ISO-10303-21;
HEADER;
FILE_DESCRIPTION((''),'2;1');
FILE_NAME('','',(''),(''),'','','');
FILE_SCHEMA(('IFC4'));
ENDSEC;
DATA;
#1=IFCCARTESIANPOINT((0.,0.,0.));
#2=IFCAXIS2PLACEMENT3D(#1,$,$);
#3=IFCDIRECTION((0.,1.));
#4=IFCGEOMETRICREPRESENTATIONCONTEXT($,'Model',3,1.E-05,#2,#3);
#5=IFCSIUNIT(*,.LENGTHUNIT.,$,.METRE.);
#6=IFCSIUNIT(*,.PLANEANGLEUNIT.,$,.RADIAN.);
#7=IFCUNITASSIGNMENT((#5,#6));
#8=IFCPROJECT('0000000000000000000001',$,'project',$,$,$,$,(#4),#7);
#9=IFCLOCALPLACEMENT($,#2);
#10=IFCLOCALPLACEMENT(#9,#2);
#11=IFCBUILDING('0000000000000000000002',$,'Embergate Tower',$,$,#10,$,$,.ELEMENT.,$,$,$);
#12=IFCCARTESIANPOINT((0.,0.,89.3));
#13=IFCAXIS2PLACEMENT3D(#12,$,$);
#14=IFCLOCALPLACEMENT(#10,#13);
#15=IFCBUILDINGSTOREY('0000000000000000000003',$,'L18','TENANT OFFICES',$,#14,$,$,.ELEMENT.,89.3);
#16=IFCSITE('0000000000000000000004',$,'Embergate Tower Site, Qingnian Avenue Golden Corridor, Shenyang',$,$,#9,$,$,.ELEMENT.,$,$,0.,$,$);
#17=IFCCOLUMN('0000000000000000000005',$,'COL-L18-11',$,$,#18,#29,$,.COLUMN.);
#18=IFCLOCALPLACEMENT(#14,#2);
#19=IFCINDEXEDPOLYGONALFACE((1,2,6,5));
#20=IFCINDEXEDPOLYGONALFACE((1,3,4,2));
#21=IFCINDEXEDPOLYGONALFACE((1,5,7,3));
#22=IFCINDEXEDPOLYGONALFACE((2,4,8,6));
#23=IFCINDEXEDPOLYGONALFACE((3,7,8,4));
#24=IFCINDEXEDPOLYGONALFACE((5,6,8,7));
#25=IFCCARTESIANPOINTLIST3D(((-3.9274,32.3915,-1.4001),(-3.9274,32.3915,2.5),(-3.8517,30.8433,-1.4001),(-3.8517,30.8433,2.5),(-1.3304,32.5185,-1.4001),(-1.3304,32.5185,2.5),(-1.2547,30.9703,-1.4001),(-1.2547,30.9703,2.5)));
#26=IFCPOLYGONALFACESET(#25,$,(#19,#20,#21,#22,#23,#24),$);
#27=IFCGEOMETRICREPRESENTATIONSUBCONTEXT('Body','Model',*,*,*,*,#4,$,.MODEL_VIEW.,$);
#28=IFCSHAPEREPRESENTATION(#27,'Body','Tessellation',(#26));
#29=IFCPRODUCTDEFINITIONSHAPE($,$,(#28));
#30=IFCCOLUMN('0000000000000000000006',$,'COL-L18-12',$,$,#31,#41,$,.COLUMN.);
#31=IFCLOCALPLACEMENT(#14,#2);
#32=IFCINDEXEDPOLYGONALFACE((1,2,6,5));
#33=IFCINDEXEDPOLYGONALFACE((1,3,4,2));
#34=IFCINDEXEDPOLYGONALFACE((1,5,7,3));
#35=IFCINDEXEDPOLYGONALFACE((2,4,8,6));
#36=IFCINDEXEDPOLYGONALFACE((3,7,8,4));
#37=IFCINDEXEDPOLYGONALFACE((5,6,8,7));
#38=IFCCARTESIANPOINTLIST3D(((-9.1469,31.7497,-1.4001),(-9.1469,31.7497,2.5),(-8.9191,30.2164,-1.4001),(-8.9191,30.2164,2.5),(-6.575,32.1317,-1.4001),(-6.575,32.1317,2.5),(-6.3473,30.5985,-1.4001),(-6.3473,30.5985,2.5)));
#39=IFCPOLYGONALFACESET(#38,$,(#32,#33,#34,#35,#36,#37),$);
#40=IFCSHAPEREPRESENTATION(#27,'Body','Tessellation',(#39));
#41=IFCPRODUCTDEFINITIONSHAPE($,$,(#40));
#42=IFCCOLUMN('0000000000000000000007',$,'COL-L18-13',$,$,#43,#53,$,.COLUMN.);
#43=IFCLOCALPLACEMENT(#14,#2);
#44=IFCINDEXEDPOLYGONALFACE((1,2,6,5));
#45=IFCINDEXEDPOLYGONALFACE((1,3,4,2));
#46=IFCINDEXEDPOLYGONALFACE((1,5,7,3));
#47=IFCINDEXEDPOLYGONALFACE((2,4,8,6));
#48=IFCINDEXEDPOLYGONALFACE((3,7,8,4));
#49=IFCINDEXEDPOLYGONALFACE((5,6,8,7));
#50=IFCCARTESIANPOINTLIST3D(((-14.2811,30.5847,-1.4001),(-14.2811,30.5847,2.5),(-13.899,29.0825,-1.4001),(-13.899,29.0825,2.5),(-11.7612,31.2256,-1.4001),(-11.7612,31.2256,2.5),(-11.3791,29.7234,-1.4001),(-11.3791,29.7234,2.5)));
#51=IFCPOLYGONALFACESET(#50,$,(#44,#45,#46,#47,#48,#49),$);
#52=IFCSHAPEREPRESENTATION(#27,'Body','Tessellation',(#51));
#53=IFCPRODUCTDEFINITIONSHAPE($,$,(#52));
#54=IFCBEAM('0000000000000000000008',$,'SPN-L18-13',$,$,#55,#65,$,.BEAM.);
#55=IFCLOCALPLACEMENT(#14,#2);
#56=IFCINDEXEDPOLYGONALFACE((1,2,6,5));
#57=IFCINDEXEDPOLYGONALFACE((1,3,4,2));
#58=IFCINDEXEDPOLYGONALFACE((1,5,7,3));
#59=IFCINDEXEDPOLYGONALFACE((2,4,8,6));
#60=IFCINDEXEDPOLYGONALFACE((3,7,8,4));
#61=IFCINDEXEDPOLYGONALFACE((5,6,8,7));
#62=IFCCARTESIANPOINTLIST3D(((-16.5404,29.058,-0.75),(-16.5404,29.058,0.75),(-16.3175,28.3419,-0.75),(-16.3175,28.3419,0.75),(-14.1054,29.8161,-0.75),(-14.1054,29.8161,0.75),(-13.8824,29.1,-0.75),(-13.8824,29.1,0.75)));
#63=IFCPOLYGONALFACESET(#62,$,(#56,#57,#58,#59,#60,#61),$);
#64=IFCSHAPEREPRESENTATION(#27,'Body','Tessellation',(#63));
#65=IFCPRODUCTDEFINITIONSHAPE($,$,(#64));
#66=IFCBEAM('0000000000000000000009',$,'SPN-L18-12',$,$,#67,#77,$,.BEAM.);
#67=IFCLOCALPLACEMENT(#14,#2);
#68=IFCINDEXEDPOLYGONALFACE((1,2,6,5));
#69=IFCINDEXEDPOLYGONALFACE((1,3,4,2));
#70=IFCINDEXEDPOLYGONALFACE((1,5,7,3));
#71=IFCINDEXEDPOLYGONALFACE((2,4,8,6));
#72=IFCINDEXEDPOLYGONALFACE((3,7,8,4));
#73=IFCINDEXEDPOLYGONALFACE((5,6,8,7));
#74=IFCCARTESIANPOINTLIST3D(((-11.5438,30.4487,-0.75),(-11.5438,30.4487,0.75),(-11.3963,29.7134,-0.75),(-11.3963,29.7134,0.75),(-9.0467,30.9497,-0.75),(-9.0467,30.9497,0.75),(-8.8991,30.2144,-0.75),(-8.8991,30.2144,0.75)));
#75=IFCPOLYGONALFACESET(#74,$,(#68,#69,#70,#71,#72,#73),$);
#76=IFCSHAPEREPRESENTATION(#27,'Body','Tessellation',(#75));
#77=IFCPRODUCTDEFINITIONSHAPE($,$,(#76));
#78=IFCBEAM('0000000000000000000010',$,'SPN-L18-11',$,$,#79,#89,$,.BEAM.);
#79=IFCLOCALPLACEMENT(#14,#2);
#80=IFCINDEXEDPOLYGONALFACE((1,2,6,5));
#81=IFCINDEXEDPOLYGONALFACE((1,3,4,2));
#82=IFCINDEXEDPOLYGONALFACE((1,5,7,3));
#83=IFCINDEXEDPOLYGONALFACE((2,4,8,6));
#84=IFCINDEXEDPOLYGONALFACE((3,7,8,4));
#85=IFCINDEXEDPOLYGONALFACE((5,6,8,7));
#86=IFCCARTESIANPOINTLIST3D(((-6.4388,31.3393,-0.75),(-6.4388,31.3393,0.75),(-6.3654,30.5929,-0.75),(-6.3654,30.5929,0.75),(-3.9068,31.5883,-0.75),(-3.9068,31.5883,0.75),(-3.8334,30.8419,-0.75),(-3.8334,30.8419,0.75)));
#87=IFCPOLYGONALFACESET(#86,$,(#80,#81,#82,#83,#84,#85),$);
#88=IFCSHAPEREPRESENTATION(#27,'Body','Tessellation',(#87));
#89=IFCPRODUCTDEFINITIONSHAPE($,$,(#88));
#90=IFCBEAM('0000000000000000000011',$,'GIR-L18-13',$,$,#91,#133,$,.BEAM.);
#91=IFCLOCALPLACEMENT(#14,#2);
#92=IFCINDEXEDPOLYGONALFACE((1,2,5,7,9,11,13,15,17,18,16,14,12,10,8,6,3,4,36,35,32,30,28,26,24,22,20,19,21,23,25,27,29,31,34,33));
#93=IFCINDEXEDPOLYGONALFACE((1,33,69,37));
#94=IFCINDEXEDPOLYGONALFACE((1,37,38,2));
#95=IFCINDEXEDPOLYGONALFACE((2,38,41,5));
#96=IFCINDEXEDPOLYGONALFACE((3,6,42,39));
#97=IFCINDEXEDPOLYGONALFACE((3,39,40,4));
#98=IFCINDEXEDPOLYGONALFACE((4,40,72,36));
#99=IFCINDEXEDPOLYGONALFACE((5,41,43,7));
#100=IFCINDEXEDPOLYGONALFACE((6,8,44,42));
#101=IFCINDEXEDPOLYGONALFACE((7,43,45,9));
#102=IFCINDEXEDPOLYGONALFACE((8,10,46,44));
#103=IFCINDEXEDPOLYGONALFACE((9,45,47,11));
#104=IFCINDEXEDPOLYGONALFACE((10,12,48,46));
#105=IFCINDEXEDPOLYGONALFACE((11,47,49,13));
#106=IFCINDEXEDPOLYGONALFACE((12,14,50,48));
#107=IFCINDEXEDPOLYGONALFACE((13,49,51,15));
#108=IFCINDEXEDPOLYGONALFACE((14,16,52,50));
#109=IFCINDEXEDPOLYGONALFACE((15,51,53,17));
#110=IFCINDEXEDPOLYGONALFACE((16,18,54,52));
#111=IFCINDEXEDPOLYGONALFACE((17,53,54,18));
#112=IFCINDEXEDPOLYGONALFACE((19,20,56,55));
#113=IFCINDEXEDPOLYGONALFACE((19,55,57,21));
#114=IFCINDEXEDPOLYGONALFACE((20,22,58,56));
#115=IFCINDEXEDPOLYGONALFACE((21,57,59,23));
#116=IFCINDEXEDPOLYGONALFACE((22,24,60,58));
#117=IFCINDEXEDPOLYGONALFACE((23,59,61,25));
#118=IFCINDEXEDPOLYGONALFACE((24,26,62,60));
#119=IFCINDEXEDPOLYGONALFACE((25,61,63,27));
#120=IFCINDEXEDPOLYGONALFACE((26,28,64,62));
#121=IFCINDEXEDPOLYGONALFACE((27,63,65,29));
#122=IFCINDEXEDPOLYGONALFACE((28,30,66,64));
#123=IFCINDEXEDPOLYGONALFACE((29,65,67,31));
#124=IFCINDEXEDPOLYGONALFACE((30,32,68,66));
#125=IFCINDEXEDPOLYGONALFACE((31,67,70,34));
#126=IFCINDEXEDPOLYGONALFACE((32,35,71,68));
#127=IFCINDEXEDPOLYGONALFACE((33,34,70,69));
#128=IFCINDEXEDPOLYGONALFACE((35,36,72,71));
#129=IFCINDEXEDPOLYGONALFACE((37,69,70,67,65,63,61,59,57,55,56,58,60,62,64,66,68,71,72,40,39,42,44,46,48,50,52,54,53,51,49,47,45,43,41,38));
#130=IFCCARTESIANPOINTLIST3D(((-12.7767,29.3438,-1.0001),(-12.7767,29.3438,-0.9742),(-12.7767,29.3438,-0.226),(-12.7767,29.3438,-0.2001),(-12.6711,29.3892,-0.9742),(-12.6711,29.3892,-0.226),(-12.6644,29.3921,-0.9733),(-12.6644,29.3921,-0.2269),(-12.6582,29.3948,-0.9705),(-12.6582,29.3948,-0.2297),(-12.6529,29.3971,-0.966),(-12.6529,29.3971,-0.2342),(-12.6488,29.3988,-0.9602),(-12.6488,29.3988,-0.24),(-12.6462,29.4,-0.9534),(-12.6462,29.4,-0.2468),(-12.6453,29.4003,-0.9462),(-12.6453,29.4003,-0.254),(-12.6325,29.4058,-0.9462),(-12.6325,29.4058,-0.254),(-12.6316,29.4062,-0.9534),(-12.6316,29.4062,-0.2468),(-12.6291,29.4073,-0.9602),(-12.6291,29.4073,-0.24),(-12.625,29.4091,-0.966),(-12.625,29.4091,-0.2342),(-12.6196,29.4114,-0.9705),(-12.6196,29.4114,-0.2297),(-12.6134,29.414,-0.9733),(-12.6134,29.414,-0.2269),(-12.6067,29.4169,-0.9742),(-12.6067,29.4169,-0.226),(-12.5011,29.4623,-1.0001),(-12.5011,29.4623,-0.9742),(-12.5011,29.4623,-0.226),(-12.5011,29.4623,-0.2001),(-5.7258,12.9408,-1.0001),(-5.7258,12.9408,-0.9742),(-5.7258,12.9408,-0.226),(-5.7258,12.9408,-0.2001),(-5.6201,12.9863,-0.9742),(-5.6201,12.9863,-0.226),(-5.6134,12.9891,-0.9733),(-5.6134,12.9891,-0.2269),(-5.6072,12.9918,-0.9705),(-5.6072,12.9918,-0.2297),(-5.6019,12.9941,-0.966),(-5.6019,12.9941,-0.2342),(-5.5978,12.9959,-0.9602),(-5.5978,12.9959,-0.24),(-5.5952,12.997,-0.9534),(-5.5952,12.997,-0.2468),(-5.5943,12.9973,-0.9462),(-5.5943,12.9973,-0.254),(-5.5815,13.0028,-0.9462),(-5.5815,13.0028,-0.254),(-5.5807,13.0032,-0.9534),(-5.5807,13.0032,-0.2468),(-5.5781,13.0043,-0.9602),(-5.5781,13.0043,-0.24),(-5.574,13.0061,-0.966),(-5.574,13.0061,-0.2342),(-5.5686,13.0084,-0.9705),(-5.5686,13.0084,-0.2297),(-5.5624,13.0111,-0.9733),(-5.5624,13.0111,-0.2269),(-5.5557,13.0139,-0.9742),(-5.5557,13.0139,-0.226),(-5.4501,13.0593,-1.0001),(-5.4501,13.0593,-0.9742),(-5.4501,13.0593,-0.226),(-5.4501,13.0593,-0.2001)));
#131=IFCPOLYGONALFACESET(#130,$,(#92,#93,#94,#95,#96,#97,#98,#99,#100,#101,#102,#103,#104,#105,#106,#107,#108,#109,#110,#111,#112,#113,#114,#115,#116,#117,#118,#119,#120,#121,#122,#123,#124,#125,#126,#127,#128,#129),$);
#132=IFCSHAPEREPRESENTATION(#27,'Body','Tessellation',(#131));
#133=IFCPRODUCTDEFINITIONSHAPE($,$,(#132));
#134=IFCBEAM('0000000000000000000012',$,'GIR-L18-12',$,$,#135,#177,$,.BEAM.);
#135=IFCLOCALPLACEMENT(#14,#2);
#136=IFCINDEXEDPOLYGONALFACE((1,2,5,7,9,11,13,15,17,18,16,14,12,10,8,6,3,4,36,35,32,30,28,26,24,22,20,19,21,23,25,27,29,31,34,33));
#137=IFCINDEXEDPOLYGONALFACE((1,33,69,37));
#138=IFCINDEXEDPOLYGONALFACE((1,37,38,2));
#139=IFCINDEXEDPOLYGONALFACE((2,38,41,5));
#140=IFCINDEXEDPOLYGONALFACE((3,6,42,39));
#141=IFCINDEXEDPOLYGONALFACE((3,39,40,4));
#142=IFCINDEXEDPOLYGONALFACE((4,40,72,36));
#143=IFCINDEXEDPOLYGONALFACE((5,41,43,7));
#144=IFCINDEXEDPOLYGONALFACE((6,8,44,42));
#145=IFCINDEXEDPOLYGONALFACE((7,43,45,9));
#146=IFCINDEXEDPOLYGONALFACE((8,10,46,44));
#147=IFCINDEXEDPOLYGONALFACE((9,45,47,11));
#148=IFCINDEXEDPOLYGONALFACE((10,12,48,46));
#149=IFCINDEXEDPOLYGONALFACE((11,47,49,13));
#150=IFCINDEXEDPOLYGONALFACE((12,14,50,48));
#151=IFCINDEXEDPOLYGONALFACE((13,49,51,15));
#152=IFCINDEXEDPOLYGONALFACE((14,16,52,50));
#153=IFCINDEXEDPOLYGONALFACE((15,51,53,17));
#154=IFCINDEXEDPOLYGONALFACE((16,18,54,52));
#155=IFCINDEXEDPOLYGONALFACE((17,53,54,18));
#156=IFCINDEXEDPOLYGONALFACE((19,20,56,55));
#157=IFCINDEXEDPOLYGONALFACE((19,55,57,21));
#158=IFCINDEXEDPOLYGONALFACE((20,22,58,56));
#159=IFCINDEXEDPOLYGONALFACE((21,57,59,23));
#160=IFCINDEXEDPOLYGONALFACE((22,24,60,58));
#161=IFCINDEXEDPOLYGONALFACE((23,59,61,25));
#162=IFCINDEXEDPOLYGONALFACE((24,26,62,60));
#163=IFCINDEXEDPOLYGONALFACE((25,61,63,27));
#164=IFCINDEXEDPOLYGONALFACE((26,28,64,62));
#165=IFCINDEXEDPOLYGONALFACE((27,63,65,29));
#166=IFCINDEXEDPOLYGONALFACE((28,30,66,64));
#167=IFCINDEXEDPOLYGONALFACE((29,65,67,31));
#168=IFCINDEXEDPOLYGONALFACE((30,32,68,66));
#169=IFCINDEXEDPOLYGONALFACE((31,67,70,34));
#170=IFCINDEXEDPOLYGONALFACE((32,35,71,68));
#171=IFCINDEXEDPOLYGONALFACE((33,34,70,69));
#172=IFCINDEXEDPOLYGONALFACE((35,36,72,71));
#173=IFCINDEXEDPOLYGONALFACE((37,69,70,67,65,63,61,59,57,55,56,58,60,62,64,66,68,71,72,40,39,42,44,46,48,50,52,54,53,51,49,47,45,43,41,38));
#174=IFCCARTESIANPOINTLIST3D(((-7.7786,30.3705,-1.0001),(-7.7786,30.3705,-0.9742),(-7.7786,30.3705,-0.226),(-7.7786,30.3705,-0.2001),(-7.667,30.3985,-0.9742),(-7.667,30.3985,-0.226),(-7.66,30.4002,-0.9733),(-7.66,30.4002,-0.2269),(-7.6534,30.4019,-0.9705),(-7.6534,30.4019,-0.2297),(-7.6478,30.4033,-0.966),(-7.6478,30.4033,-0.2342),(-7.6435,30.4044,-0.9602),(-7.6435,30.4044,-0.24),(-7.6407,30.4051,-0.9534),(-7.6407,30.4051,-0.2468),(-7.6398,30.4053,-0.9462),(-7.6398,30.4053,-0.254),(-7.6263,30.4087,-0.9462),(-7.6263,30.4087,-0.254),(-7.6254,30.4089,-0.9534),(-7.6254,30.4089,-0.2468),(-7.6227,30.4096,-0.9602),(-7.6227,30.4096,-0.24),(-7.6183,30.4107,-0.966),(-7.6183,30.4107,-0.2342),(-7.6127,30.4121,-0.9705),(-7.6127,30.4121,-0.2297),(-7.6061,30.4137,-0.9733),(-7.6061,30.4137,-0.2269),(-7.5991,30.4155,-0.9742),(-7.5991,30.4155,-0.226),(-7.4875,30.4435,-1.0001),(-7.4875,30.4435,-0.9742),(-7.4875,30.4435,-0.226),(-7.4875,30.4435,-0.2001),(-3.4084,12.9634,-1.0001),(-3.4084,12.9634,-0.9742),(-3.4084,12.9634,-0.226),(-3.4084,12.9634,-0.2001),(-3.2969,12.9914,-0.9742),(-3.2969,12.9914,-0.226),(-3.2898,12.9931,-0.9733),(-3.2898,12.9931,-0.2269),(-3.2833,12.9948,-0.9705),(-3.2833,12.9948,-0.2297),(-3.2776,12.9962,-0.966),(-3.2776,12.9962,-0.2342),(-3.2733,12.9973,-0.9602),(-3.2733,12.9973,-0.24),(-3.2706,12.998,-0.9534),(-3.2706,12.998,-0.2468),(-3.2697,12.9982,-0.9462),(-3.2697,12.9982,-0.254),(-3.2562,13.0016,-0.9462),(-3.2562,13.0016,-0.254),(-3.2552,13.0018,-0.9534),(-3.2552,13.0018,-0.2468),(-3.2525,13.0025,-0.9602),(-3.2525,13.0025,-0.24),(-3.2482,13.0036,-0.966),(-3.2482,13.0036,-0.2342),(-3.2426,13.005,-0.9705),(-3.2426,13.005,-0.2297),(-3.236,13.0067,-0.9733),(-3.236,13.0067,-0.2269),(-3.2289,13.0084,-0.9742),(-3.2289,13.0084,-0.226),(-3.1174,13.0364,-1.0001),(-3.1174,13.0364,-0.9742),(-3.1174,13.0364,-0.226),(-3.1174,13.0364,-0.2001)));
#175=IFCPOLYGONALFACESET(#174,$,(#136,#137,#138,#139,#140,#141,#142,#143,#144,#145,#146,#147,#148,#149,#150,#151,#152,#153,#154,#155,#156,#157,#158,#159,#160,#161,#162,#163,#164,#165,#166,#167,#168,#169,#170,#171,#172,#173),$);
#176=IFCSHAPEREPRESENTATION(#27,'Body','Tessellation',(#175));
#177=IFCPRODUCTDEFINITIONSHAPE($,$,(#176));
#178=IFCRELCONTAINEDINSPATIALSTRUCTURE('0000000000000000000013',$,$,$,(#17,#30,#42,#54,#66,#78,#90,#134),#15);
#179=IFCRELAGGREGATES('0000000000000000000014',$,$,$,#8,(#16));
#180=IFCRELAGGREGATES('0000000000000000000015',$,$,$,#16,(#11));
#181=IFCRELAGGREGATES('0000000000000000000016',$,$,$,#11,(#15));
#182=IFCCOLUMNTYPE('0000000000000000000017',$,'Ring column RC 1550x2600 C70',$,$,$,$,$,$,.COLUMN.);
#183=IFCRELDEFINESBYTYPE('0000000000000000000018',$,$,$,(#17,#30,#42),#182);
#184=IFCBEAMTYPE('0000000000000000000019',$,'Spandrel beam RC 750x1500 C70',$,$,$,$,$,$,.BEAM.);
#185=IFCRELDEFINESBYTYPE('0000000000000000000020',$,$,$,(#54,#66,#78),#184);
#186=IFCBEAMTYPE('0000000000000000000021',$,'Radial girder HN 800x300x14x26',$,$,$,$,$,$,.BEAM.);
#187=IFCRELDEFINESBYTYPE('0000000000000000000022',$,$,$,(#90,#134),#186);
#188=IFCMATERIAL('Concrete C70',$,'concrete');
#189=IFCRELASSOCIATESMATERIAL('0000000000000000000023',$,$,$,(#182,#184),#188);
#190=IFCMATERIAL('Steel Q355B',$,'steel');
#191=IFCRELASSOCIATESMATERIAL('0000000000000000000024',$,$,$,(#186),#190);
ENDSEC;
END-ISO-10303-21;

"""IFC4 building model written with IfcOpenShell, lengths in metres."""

from ifc_helpers import new_model, si_unit, direction, frame, origin, origin_2d, place, context, subcontext, project, spatial, rectangle, i_section, extrude, source, transform, mapped, material, material_profile, profile_set, type_object, element, save


model = new_model("IFC4")

# Units and contexts
model_context = context("Model", 3, precision=1e-05, world=origin(), true_north=direction((0.0, 1.0)))
body_context = subcontext(model_context, "Body", "Model", "MODEL_VIEW")
ifc_project = project(units=[si_unit("LENGTHUNIT", "METRE"), si_unit("PLANEANGLEUNIT", "RADIAN")], contexts=[model_context])

# Site, building, storey
site_placement = place(None, origin())
site = spatial("IfcSite", under=ifc_project, at=site_placement, Name="Embergate Tower Site, Qingnian Avenue Golden Corridor, Shenyang", CompositionType="ELEMENT", RefElevation=0.0)
building_placement = place(site_placement, origin())
building = spatial("IfcBuilding", under=site, at=building_placement, Name="Embergate Tower", CompositionType="ELEMENT")
storey_placement = place(building_placement, frame((0.0, 0.0, 89.3)))
storey = spatial("IfcBuildingStorey", under=building, at=storey_placement, Name="L18", Description="TENANT OFFICES", CompositionType="ELEMENT", Elevation=89.3)

# Columns
ifc_material_1 = material(Name="Concrete C70", Category="concrete")
ifc_material_profile_1 = material_profile(ifc_material_1, rectangle(XDim=1.55, YDim=2.6001, at=origin_2d()), Name="RC 1550x2600")
ifc_profile_set_1 = profile_set([ifc_material_profile_1], Name="Concrete C70")
column_type = type_object("IfcColumnType", Name="Ring column RC 1550x2600 C70", PredefinedType="COLUMN", material=ifc_profile_set_1)
shared_shape_1 = source(origin(), body_context, "Body", "SweptSolid", [
    extrude(rectangle(XDim=1.55, YDim=2.6001, at=origin_2d()), origin(), (0.0, 0.0, 1.0), 3.9001),
])
for number, where, z_axis, x_axis, name in (
    (1, (-2.5911, 31.6809, -1.4001), (0.0, 0.0, 1.0), (-0.048815, 0.998808, 0.0), "COL-L18-11"),
    (2, (-7.7471, 31.1741, -1.4001), (0.0, 0.0, 1.0), (-0.146929, 0.989147, 0.0), "COL-L18-12"),
    (3, (-12.8301, 30.1541, -1.4001), (0.0, 0.0, 1.0), (-0.246492, 0.969145, 0.0), "COL-L18-13"),
):
    element("IfcColumn", number, at=place(storey_placement, frame(where, z_axis=z_axis, x_axis=x_axis)), inside=storey, type_object=column_type, Name=name, PredefinedType="COLUMN", context=body_context, shape_type="MappedRepresentation", body=[
        mapped(shared_shape_1, transform((0.0, 0.0, 0.0))),
    ])

# Beams
ifc_material_profile_2 = material_profile(ifc_material_1, rectangle(XDim=0.75, YDim=1.5, at=origin_2d()), Name="RC 750x1500")
ifc_profile_set_2 = profile_set([ifc_material_profile_2], Name="Concrete C70")
beam_type_1 = type_object("IfcBeamType", Name="Spandrel beam RC 750x1500 C70", PredefinedType="BEAM", material=ifc_profile_set_2)
shared_shape_2 = source(origin(), body_context, "Body", "SweptSolid", [
    extrude(rectangle(XDim=0.75, YDim=1.5, at=origin_2d()), origin(), (0.0, 0.0, 1.0), 2.5503),
])
beam_1_placement = place(storey_placement, frame((-13.9939, 29.458, 0.0), z_axis=(-0.954803, -0.297239, 0.0), x_axis=(0.297239, -0.954803, 0.0)))
element("IfcBeam", 4, at=beam_1_placement, inside=storey, type_object=beam_type_1, Name="SPN-L18-13", PredefinedType="BEAM", context=body_context, shape_type="MappedRepresentation", body=[
    mapped(shared_shape_2, transform((0.0, 0.0, 0.0))),
])
shared_shape_3 = source(origin(), body_context, "Body", "SweptSolid", [
    extrude(rectangle(XDim=0.75, YDim=1.5, at=origin_2d()), origin(), (0.0, 0.0, 1.0), 2.5469),
])
beam_2_placement = place(storey_placement, frame((-8.9729, 30.582, 0.0), z_axis=(-0.980463, -0.196706, 0.0), x_axis=(0.196706, -0.980463, 0.0)))
element("IfcBeam", 5, at=beam_2_placement, inside=storey, type_object=beam_type_1, Name="SPN-L18-12", PredefinedType="BEAM", context=body_context, shape_type="MappedRepresentation", body=[
    mapped(shared_shape_3, transform((0.0, 0.0, 0.0))),
])
shared_shape_4 = source(origin(), body_context, "Body", "SweptSolid", [
    extrude(rectangle(XDim=0.75, YDim=1.5, at=origin_2d()), origin(), (0.0, 0.0, 1.0), 2.5442),
])
beam_3_placement = place(storey_placement, frame((-3.8701, 31.2151, 0.0), z_axis=(-0.995198, -0.097879, 0.0), x_axis=(0.097879, -0.995198, 0.0)))
element("IfcBeam", 6, at=beam_3_placement, inside=storey, type_object=beam_type_1, Name="SPN-L18-11", PredefinedType="BEAM", context=body_context, shape_type="MappedRepresentation", body=[
    mapped(shared_shape_4, transform((0.0, 0.0, 0.0))),
])
ifc_material_2 = material(Name="Steel Q355B", Category="steel")
ifc_material_profile_3 = material_profile(ifc_material_2, i_section(OverallWidth=0.3, OverallDepth=0.8, WebThickness=0.0139, FlangeThickness=0.0259, FilletRadius=0.0281, at=origin_2d()), Name="HN 800x300x14x26")
ifc_profile_set_3 = profile_set([ifc_material_profile_3], Name="Steel Q355 grade B")
beam_type_2 = type_object("IfcBeamType", Name="Radial girder HN 800x300x14x26", PredefinedType="BEAM", material=ifc_profile_set_3)
shared_shape_5 = source(origin(), body_context, "Body", "SweptSolid", [
    extrude(i_section(OverallWidth=0.3, OverallDepth=0.8, WebThickness=0.0139, FlangeThickness=0.0259, FilletRadius=0.0281, at=origin_2d()), origin(), (0.0, 0.0, 1.0), 17.8542),
])
beam_4_placement = place(storey_placement, frame((-12.6389, 29.4031, -0.6001), z_axis=(0.394919, -0.918716, 0.0), x_axis=(0.918716, 0.394919, 0.0)))
element("IfcBeam", 7, at=beam_4_placement, inside=storey, type_object=beam_type_2, Name="GIR-L18-13", PredefinedType="BEAM", context=body_context, shape_type="MappedRepresentation", body=[
    mapped(shared_shape_5, transform((0.0, 0.0, 0.0))),
])
shared_shape_6 = source(origin(), body_context, "Body", "SweptSolid", [
    extrude(i_section(OverallWidth=0.3, OverallDepth=0.8, WebThickness=0.0139, FlangeThickness=0.0259, FilletRadius=0.0281, at=origin_2d()), origin(), (0.0, 0.0, 1.0), 17.9473),
])
beam_5_placement = place(storey_placement, frame((-7.6331, 30.407, -0.6001), z_axis=(0.243499, -0.969901, 0.0), x_axis=(0.969901, 0.243499, 0.0)))
element("IfcBeam", 8, at=beam_5_placement, inside=storey, type_object=beam_type_2, Name="GIR-L18-12", PredefinedType="BEAM", context=body_context, shape_type="MappedRepresentation", body=[
    mapped(shared_shape_6, transform((0.0, 0.0, 0.0))),
])

save(model, "model.ifc")
